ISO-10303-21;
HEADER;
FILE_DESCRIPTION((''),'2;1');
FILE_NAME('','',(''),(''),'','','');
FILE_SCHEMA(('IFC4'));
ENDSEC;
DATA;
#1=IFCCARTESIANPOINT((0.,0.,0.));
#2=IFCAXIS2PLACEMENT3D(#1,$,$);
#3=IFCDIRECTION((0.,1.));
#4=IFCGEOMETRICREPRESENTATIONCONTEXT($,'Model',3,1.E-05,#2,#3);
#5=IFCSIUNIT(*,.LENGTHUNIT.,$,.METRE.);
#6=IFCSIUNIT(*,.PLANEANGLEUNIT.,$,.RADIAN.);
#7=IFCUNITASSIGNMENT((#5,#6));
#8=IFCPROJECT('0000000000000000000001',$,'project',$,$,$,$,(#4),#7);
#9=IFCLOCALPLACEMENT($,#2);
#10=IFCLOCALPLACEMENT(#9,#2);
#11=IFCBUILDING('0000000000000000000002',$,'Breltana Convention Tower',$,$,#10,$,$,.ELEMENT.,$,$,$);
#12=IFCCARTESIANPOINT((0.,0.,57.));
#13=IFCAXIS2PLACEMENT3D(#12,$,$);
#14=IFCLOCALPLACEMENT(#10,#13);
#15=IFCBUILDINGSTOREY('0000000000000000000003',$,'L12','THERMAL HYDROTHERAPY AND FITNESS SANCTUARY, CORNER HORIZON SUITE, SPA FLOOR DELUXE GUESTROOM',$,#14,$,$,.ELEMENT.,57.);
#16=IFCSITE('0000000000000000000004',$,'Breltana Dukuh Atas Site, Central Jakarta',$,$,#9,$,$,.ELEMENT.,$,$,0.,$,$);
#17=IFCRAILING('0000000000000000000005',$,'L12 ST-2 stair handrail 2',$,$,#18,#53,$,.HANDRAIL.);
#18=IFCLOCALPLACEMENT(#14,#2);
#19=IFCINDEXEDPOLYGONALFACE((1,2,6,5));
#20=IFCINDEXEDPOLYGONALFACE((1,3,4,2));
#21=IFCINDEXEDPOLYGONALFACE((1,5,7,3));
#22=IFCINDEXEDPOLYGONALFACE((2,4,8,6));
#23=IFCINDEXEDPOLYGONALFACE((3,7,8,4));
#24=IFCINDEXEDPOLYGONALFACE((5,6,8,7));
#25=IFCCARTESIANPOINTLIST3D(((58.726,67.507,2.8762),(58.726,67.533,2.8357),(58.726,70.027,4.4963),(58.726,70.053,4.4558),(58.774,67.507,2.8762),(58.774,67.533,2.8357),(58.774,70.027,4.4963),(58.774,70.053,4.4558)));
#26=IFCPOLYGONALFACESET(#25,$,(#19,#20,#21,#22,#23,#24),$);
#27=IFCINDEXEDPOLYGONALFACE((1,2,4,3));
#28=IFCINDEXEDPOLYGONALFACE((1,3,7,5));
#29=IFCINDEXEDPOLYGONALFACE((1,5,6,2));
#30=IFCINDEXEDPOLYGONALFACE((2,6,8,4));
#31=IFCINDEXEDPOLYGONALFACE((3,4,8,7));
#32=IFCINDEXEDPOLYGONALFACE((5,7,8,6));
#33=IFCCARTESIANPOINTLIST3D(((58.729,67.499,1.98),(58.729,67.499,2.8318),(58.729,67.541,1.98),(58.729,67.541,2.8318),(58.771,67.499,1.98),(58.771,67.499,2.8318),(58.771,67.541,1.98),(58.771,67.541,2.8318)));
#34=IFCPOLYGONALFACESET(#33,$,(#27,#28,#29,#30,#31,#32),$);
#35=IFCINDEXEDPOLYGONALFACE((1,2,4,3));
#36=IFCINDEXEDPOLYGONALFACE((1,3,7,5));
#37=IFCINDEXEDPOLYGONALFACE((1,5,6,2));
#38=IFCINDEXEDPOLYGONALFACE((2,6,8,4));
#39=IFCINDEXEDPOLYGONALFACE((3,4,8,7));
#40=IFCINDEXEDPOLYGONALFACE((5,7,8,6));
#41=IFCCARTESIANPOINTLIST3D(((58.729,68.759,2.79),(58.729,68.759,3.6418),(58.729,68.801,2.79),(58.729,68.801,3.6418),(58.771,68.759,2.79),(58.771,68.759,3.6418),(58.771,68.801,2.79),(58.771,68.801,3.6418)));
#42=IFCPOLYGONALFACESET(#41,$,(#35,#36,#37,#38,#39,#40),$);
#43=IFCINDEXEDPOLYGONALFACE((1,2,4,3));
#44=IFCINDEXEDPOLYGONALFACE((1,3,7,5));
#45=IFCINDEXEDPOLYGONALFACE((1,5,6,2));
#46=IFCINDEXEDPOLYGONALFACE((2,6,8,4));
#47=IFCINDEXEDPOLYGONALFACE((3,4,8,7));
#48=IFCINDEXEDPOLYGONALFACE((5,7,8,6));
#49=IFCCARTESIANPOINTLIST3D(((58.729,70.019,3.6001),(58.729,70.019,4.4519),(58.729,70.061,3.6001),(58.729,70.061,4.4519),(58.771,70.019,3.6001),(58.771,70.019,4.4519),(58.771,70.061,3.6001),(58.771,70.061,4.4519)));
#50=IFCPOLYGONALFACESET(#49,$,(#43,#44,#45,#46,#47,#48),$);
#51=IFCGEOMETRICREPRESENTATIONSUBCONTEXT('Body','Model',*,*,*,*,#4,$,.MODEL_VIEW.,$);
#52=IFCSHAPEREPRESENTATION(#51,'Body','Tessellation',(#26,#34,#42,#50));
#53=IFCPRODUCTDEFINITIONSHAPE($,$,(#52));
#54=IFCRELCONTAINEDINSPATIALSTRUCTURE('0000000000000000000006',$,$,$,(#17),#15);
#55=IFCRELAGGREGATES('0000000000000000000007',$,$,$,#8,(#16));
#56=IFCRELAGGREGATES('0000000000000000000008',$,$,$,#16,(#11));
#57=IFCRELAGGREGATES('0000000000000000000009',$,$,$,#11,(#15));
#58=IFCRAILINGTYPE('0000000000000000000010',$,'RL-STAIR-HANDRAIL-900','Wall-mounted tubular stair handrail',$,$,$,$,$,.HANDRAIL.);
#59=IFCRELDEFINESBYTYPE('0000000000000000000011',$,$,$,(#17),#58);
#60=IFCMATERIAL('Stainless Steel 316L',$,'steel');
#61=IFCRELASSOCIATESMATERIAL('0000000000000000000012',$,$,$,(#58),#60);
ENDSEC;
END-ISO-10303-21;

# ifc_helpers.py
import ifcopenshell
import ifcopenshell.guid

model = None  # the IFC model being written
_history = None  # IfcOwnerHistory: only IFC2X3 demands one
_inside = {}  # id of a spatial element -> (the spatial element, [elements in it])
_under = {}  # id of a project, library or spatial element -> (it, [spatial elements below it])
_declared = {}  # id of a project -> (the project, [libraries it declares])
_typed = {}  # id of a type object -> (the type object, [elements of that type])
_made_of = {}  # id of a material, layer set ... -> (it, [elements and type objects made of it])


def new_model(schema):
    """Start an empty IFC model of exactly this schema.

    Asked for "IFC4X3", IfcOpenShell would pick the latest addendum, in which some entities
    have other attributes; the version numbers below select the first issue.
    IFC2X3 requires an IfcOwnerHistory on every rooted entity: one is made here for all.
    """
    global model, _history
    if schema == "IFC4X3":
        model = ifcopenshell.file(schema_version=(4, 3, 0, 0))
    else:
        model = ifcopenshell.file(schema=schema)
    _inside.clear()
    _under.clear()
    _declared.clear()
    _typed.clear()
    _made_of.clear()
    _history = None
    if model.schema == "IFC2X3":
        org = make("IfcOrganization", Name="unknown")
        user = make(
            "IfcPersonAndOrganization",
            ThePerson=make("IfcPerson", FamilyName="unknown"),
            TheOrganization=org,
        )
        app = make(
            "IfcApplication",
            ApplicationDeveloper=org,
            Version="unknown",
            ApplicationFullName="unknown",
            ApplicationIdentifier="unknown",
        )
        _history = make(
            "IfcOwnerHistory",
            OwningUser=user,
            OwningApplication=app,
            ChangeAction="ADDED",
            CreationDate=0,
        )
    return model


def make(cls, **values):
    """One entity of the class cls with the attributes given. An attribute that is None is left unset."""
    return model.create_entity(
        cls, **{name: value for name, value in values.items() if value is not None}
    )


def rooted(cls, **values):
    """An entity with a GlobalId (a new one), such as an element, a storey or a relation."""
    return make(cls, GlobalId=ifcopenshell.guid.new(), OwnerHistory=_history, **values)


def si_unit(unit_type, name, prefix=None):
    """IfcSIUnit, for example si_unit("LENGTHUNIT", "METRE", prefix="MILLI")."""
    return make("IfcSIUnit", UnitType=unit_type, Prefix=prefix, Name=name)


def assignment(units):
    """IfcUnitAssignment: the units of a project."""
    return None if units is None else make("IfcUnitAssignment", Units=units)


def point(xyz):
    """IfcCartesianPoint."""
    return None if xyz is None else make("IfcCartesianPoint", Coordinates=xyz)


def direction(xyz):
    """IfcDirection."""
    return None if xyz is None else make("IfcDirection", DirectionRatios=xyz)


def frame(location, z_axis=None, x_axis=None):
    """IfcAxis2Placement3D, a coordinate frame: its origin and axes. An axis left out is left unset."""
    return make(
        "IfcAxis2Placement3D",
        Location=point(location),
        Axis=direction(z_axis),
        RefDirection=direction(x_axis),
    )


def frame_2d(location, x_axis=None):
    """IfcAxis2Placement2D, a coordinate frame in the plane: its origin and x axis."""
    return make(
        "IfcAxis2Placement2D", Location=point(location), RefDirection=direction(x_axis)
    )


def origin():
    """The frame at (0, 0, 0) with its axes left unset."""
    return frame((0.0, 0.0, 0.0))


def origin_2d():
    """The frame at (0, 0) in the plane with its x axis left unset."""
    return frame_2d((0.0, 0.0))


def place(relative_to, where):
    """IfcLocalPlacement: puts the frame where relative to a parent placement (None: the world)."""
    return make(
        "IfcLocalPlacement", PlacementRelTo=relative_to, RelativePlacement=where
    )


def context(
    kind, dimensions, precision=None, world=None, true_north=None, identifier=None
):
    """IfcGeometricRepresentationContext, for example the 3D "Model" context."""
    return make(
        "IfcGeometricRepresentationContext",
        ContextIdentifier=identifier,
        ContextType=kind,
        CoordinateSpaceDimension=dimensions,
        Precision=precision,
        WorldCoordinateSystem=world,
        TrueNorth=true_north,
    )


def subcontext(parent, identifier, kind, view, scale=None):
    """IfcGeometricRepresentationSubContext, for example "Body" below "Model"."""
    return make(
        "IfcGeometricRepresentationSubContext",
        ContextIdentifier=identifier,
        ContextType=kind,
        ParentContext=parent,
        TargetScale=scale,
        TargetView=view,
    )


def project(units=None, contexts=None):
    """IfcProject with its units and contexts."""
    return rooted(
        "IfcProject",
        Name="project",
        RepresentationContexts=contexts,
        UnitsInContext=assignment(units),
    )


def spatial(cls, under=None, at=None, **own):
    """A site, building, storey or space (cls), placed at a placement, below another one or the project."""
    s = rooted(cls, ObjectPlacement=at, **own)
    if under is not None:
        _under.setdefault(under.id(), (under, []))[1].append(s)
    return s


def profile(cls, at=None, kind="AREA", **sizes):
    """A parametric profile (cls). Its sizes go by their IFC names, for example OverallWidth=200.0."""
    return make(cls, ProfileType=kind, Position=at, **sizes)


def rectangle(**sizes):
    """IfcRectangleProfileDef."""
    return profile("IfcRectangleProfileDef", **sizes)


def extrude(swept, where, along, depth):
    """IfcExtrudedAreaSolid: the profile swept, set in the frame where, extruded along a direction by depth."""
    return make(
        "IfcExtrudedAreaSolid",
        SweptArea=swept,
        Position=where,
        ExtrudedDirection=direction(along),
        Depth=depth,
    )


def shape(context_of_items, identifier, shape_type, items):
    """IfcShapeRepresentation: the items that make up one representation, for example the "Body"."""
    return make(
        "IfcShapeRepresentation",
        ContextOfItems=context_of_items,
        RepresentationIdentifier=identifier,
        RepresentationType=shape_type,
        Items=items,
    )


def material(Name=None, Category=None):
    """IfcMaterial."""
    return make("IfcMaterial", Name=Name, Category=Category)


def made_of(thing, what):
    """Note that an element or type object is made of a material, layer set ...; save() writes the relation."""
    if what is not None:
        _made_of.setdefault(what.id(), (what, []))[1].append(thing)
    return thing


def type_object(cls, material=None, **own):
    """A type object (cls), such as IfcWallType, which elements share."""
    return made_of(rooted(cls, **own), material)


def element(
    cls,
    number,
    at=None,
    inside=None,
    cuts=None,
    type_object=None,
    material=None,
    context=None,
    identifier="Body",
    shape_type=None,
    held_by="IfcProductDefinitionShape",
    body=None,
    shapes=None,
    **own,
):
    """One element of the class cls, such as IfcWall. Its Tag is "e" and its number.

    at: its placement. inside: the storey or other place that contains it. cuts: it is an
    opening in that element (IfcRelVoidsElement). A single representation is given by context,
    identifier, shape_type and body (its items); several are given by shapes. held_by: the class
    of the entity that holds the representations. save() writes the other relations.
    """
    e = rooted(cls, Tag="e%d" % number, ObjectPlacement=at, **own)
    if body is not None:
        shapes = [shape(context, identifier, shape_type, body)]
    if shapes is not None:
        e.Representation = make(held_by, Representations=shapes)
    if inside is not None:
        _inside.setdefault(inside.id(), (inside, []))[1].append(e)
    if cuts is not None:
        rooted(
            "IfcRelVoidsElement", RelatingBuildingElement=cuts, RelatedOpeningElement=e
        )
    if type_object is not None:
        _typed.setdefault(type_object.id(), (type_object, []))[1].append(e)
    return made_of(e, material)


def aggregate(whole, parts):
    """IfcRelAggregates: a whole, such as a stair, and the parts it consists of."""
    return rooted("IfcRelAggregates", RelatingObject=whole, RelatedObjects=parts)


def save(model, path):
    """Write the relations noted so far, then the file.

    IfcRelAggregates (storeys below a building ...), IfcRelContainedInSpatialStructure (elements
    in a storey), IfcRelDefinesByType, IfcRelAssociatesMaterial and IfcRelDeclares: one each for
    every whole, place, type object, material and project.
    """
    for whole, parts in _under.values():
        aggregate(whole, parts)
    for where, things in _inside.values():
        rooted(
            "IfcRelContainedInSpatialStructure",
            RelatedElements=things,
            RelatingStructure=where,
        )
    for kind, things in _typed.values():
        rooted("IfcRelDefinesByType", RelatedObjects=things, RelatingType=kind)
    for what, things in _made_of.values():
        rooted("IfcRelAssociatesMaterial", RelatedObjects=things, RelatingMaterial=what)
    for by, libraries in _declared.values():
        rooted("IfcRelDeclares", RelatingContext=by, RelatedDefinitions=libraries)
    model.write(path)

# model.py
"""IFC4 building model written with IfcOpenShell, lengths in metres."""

from ifc_helpers import new_model, si_unit, direction, frame, origin, origin_2d, place, context, subcontext, project, spatial, rectangle, extrude, material, type_object, element, save


model = new_model("IFC4")

# Units and contexts
model_context = context("Model", 3, precision=1e-05, world=origin(), true_north=direction((0.0, 1.0)))
body_context = subcontext(model_context, "Body", "Model", "MODEL_VIEW")
ifc_project = project(units=[si_unit("LENGTHUNIT", "METRE"), si_unit("PLANEANGLEUNIT", "RADIAN")], contexts=[model_context])

# Site, building, storey
site_placement = place(None, origin())
site = spatial("IfcSite", under=ifc_project, at=site_placement, Name="Breltana Dukuh Atas Site, Central Jakarta", CompositionType="ELEMENT", RefElevation=0.0)
building_placement = place(site_placement, origin())
building = spatial("IfcBuilding", under=site, at=building_placement, Name="Breltana Convention Tower", CompositionType="ELEMENT")
storey_placement = place(building_placement, frame((0.0, 0.0, 57.0)))
storey = spatial("IfcBuildingStorey", under=building, at=storey_placement, Name="L12", Description="THERMAL HYDROTHERAPY AND FITNESS SANCTUARY, CORNER HORIZON SUITE, SPA FLOOR DELUXE GUESTROOM", CompositionType="ELEMENT", Elevation=57.0)

# Railing
ifc_material_1 = material(Name="Stainless Steel 316L", Category="steel")
railing_type_1 = type_object("IfcRailingType", Name="RL-STAIR-HANDRAIL-900", Description="Wall-mounted tubular stair handrail", PredefinedType="HANDRAIL", material=ifc_material_1)
railing_1_placement = place(storey_placement, frame((58.75, 67.52, 1.98)))
element("IfcRailing", 1, at=railing_1_placement, inside=storey, type_object=railing_type_1, Name="L12 ST-2 stair handrail 2", PredefinedType="HANDRAIL", context=body_context, shape_type="SweptSolid", body=[
    extrude(rectangle(XDim=0.0481, YDim=0.0481, at=origin_2d()), frame((0.0, 0.0, 0.876), z_axis=(0.0, 0.841163, 0.540782), x_axis=(-1.0, 0.0, 0.0)), (0.0, 0.0, 1.0), 2.9958),
    extrude(rectangle(XDim=0.042, YDim=0.042, at=origin_2d()), origin(), (0.0, 0.0, 1.0), 0.8518),
    extrude(rectangle(XDim=0.042, YDim=0.042, at=origin_2d()), frame((0.0, 1.26, 0.8101)), (0.0, 0.0, 1.0), 0.8518),
    extrude(rectangle(XDim=0.042, YDim=0.042, at=origin_2d()), frame((0.0, 2.52, 1.6201)), (0.0, 0.0, 1.0), 0.8518),
])

save(model, "model.ifc")
